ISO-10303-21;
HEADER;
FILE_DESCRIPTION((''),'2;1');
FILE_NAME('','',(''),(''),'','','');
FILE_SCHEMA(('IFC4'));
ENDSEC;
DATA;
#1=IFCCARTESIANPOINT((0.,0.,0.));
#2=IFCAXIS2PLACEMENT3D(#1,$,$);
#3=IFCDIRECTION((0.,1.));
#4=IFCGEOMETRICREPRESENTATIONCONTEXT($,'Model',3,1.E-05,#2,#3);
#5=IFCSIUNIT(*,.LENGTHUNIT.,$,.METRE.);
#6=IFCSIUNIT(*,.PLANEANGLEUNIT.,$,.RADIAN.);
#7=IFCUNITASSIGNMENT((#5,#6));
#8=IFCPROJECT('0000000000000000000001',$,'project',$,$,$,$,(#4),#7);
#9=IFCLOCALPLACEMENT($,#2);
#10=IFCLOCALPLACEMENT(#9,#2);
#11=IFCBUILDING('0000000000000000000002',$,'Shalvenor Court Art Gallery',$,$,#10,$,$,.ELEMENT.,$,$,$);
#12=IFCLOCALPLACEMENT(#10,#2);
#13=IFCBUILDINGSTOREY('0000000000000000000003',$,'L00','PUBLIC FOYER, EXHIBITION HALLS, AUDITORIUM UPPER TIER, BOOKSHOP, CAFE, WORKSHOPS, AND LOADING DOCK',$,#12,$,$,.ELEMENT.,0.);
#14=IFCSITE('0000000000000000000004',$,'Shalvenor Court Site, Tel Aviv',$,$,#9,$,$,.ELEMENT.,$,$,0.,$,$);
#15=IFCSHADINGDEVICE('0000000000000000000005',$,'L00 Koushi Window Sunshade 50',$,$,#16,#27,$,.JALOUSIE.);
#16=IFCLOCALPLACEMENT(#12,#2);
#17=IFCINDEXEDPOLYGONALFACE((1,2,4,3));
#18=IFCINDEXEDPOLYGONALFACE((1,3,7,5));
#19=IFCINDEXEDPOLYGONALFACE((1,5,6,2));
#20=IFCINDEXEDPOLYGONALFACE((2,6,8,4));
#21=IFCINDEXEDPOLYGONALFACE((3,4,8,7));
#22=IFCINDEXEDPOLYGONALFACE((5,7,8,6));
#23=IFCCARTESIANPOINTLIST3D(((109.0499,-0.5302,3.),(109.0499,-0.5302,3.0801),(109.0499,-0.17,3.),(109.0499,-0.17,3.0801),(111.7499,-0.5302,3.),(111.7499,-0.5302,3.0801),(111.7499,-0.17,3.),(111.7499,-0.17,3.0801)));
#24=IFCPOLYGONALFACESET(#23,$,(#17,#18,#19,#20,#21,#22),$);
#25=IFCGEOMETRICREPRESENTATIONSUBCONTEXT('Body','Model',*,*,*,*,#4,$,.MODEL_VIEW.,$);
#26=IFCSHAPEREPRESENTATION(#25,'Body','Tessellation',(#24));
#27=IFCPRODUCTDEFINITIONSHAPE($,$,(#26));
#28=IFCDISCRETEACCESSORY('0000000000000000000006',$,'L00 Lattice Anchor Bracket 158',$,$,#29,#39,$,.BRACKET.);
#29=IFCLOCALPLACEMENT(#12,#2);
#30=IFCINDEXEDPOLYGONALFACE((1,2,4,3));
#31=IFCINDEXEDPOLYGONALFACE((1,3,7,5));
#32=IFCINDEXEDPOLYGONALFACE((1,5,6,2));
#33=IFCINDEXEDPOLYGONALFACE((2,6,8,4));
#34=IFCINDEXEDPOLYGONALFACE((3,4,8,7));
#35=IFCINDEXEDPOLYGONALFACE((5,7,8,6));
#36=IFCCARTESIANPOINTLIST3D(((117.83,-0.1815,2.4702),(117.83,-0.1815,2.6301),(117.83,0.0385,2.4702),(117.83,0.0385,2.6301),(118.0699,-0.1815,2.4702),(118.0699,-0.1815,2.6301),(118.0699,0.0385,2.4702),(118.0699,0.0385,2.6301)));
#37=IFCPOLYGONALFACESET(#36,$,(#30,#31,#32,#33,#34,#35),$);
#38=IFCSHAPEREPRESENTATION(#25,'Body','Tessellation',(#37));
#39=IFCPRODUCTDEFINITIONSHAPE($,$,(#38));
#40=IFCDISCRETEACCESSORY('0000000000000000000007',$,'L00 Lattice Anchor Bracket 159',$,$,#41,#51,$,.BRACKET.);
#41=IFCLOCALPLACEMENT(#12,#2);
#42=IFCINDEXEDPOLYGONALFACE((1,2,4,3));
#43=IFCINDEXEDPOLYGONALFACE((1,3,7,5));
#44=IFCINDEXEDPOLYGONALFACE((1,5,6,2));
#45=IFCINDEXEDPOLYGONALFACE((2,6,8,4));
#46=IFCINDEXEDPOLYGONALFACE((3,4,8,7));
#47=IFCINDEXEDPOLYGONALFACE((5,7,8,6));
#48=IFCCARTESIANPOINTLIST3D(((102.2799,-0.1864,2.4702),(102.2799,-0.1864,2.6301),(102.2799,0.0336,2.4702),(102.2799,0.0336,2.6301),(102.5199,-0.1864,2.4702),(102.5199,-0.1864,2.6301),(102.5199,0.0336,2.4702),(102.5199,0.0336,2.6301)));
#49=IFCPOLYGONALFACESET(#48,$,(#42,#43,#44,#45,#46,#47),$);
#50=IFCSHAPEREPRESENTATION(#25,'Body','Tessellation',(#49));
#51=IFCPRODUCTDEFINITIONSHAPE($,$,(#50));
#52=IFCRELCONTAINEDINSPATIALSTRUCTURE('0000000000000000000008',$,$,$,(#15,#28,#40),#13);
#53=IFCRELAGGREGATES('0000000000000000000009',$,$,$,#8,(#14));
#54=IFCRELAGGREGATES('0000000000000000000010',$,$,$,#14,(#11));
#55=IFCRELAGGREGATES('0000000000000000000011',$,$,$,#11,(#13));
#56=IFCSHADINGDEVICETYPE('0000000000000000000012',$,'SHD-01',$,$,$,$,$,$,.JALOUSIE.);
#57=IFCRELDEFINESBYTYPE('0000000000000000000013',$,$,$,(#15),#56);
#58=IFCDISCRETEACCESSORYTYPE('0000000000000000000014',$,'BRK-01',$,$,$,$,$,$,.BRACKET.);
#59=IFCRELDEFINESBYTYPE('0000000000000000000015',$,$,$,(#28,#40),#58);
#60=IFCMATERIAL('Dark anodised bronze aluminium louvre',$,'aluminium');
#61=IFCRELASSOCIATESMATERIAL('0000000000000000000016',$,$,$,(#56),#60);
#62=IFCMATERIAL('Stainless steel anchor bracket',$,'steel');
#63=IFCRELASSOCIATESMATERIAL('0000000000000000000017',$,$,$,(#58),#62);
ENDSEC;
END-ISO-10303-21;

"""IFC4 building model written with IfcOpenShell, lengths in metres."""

from ifc_helpers import new_model, si_unit, direction, frame, origin, origin_2d, place, context, subcontext, project, spatial, rectangle, extrude, material, type_object, element, save


model = new_model("IFC4")

# Units and contexts
model_context = context("Model", 3, precision=1e-05, world=origin(), true_north=direction((0.0, 1.0)))
body_context = subcontext(model_context, "Body", "Model", "MODEL_VIEW")
ifc_project = project(units=[si_unit("LENGTHUNIT", "METRE"), si_unit("PLANEANGLEUNIT", "RADIAN")], contexts=[model_context])

# Site, building, storey
site_placement = place(None, origin())
site = spatial("IfcSite", under=ifc_project, at=site_placement, Name="Shalvenor Court Site, Tel Aviv", CompositionType="ELEMENT", RefElevation=0.0)
building_placement = place(site_placement, origin())
building = spatial("IfcBuilding", under=site, at=building_placement, Name="Shalvenor Court Art Gallery", CompositionType="ELEMENT")
storey_placement = place(building_placement, origin())
storey = spatial("IfcBuildingStorey", under=building, at=storey_placement, Name="L00", Description="PUBLIC FOYER, EXHIBITION HALLS, AUDITORIUM UPPER TIER, BOOKSHOP, CAFE, WORKSHOPS, AND LOADING DOCK", CompositionType="ELEMENT", Elevation=0.0)

# Shading device
ifc_material_1 = material(Name="Dark anodised bronze aluminium louvre", Category="aluminium")
shading_device_type = type_object("IfcShadingDeviceType", Name="SHD-01", PredefinedType="JALOUSIE", material=ifc_material_1)
shading_device_placement = place(storey_placement, frame((110.3999, -0.3501, 3.0), z_axis=(0.0, 0.0, 1.0), x_axis=(-1.0, 0.0, 0.0)))
element("IfcShadingDevice", 1, at=shading_device_placement, inside=storey, type_object=shading_device_type, Name="L00 Koushi Window Sunshade 50", PredefinedType="JALOUSIE", context=body_context, shape_type="SweptSolid", body=[
    extrude(rectangle(XDim=2.7, YDim=0.3601, at=origin_2d()), origin(), (0.0, 0.0, 1.0), 0.0801),
])

# Discrete accessories
ifc_material_2 = material(Name="Stainless steel anchor bracket", Category="steel")
discrete_accessory_type = type_object("IfcDiscreteAccessoryType", Name="BRK-01", PredefinedType="BRACKET", material=ifc_material_2)
for number, where, z_axis, x_axis, name in (
    (2, (117.95, -0.0715, 2.4702), (0.0, 0.0, 1.0), (-1.0, 0.0, 0.0), "L00 Lattice Anchor Bracket 158"),
    (3, (102.3999, -0.0764, 2.4702), (0.0, 0.0, 1.0), (-1.0, 0.0, 0.0), "L00 Lattice Anchor Bracket 159"),
):
    element("IfcDiscreteAccessory", number, at=place(storey_placement, frame(where, z_axis=z_axis, x_axis=x_axis)), inside=storey, type_object=discrete_accessory_type, Name=name, PredefinedType="BRACKET", context=body_context, shape_type="SweptSolid", body=[
        extrude(rectangle(XDim=0.24, YDim=0.22, at=origin_2d()), origin(), (0.0, 0.0, 1.0), 0.1599),
    ])

save(model, "model.ifc")
